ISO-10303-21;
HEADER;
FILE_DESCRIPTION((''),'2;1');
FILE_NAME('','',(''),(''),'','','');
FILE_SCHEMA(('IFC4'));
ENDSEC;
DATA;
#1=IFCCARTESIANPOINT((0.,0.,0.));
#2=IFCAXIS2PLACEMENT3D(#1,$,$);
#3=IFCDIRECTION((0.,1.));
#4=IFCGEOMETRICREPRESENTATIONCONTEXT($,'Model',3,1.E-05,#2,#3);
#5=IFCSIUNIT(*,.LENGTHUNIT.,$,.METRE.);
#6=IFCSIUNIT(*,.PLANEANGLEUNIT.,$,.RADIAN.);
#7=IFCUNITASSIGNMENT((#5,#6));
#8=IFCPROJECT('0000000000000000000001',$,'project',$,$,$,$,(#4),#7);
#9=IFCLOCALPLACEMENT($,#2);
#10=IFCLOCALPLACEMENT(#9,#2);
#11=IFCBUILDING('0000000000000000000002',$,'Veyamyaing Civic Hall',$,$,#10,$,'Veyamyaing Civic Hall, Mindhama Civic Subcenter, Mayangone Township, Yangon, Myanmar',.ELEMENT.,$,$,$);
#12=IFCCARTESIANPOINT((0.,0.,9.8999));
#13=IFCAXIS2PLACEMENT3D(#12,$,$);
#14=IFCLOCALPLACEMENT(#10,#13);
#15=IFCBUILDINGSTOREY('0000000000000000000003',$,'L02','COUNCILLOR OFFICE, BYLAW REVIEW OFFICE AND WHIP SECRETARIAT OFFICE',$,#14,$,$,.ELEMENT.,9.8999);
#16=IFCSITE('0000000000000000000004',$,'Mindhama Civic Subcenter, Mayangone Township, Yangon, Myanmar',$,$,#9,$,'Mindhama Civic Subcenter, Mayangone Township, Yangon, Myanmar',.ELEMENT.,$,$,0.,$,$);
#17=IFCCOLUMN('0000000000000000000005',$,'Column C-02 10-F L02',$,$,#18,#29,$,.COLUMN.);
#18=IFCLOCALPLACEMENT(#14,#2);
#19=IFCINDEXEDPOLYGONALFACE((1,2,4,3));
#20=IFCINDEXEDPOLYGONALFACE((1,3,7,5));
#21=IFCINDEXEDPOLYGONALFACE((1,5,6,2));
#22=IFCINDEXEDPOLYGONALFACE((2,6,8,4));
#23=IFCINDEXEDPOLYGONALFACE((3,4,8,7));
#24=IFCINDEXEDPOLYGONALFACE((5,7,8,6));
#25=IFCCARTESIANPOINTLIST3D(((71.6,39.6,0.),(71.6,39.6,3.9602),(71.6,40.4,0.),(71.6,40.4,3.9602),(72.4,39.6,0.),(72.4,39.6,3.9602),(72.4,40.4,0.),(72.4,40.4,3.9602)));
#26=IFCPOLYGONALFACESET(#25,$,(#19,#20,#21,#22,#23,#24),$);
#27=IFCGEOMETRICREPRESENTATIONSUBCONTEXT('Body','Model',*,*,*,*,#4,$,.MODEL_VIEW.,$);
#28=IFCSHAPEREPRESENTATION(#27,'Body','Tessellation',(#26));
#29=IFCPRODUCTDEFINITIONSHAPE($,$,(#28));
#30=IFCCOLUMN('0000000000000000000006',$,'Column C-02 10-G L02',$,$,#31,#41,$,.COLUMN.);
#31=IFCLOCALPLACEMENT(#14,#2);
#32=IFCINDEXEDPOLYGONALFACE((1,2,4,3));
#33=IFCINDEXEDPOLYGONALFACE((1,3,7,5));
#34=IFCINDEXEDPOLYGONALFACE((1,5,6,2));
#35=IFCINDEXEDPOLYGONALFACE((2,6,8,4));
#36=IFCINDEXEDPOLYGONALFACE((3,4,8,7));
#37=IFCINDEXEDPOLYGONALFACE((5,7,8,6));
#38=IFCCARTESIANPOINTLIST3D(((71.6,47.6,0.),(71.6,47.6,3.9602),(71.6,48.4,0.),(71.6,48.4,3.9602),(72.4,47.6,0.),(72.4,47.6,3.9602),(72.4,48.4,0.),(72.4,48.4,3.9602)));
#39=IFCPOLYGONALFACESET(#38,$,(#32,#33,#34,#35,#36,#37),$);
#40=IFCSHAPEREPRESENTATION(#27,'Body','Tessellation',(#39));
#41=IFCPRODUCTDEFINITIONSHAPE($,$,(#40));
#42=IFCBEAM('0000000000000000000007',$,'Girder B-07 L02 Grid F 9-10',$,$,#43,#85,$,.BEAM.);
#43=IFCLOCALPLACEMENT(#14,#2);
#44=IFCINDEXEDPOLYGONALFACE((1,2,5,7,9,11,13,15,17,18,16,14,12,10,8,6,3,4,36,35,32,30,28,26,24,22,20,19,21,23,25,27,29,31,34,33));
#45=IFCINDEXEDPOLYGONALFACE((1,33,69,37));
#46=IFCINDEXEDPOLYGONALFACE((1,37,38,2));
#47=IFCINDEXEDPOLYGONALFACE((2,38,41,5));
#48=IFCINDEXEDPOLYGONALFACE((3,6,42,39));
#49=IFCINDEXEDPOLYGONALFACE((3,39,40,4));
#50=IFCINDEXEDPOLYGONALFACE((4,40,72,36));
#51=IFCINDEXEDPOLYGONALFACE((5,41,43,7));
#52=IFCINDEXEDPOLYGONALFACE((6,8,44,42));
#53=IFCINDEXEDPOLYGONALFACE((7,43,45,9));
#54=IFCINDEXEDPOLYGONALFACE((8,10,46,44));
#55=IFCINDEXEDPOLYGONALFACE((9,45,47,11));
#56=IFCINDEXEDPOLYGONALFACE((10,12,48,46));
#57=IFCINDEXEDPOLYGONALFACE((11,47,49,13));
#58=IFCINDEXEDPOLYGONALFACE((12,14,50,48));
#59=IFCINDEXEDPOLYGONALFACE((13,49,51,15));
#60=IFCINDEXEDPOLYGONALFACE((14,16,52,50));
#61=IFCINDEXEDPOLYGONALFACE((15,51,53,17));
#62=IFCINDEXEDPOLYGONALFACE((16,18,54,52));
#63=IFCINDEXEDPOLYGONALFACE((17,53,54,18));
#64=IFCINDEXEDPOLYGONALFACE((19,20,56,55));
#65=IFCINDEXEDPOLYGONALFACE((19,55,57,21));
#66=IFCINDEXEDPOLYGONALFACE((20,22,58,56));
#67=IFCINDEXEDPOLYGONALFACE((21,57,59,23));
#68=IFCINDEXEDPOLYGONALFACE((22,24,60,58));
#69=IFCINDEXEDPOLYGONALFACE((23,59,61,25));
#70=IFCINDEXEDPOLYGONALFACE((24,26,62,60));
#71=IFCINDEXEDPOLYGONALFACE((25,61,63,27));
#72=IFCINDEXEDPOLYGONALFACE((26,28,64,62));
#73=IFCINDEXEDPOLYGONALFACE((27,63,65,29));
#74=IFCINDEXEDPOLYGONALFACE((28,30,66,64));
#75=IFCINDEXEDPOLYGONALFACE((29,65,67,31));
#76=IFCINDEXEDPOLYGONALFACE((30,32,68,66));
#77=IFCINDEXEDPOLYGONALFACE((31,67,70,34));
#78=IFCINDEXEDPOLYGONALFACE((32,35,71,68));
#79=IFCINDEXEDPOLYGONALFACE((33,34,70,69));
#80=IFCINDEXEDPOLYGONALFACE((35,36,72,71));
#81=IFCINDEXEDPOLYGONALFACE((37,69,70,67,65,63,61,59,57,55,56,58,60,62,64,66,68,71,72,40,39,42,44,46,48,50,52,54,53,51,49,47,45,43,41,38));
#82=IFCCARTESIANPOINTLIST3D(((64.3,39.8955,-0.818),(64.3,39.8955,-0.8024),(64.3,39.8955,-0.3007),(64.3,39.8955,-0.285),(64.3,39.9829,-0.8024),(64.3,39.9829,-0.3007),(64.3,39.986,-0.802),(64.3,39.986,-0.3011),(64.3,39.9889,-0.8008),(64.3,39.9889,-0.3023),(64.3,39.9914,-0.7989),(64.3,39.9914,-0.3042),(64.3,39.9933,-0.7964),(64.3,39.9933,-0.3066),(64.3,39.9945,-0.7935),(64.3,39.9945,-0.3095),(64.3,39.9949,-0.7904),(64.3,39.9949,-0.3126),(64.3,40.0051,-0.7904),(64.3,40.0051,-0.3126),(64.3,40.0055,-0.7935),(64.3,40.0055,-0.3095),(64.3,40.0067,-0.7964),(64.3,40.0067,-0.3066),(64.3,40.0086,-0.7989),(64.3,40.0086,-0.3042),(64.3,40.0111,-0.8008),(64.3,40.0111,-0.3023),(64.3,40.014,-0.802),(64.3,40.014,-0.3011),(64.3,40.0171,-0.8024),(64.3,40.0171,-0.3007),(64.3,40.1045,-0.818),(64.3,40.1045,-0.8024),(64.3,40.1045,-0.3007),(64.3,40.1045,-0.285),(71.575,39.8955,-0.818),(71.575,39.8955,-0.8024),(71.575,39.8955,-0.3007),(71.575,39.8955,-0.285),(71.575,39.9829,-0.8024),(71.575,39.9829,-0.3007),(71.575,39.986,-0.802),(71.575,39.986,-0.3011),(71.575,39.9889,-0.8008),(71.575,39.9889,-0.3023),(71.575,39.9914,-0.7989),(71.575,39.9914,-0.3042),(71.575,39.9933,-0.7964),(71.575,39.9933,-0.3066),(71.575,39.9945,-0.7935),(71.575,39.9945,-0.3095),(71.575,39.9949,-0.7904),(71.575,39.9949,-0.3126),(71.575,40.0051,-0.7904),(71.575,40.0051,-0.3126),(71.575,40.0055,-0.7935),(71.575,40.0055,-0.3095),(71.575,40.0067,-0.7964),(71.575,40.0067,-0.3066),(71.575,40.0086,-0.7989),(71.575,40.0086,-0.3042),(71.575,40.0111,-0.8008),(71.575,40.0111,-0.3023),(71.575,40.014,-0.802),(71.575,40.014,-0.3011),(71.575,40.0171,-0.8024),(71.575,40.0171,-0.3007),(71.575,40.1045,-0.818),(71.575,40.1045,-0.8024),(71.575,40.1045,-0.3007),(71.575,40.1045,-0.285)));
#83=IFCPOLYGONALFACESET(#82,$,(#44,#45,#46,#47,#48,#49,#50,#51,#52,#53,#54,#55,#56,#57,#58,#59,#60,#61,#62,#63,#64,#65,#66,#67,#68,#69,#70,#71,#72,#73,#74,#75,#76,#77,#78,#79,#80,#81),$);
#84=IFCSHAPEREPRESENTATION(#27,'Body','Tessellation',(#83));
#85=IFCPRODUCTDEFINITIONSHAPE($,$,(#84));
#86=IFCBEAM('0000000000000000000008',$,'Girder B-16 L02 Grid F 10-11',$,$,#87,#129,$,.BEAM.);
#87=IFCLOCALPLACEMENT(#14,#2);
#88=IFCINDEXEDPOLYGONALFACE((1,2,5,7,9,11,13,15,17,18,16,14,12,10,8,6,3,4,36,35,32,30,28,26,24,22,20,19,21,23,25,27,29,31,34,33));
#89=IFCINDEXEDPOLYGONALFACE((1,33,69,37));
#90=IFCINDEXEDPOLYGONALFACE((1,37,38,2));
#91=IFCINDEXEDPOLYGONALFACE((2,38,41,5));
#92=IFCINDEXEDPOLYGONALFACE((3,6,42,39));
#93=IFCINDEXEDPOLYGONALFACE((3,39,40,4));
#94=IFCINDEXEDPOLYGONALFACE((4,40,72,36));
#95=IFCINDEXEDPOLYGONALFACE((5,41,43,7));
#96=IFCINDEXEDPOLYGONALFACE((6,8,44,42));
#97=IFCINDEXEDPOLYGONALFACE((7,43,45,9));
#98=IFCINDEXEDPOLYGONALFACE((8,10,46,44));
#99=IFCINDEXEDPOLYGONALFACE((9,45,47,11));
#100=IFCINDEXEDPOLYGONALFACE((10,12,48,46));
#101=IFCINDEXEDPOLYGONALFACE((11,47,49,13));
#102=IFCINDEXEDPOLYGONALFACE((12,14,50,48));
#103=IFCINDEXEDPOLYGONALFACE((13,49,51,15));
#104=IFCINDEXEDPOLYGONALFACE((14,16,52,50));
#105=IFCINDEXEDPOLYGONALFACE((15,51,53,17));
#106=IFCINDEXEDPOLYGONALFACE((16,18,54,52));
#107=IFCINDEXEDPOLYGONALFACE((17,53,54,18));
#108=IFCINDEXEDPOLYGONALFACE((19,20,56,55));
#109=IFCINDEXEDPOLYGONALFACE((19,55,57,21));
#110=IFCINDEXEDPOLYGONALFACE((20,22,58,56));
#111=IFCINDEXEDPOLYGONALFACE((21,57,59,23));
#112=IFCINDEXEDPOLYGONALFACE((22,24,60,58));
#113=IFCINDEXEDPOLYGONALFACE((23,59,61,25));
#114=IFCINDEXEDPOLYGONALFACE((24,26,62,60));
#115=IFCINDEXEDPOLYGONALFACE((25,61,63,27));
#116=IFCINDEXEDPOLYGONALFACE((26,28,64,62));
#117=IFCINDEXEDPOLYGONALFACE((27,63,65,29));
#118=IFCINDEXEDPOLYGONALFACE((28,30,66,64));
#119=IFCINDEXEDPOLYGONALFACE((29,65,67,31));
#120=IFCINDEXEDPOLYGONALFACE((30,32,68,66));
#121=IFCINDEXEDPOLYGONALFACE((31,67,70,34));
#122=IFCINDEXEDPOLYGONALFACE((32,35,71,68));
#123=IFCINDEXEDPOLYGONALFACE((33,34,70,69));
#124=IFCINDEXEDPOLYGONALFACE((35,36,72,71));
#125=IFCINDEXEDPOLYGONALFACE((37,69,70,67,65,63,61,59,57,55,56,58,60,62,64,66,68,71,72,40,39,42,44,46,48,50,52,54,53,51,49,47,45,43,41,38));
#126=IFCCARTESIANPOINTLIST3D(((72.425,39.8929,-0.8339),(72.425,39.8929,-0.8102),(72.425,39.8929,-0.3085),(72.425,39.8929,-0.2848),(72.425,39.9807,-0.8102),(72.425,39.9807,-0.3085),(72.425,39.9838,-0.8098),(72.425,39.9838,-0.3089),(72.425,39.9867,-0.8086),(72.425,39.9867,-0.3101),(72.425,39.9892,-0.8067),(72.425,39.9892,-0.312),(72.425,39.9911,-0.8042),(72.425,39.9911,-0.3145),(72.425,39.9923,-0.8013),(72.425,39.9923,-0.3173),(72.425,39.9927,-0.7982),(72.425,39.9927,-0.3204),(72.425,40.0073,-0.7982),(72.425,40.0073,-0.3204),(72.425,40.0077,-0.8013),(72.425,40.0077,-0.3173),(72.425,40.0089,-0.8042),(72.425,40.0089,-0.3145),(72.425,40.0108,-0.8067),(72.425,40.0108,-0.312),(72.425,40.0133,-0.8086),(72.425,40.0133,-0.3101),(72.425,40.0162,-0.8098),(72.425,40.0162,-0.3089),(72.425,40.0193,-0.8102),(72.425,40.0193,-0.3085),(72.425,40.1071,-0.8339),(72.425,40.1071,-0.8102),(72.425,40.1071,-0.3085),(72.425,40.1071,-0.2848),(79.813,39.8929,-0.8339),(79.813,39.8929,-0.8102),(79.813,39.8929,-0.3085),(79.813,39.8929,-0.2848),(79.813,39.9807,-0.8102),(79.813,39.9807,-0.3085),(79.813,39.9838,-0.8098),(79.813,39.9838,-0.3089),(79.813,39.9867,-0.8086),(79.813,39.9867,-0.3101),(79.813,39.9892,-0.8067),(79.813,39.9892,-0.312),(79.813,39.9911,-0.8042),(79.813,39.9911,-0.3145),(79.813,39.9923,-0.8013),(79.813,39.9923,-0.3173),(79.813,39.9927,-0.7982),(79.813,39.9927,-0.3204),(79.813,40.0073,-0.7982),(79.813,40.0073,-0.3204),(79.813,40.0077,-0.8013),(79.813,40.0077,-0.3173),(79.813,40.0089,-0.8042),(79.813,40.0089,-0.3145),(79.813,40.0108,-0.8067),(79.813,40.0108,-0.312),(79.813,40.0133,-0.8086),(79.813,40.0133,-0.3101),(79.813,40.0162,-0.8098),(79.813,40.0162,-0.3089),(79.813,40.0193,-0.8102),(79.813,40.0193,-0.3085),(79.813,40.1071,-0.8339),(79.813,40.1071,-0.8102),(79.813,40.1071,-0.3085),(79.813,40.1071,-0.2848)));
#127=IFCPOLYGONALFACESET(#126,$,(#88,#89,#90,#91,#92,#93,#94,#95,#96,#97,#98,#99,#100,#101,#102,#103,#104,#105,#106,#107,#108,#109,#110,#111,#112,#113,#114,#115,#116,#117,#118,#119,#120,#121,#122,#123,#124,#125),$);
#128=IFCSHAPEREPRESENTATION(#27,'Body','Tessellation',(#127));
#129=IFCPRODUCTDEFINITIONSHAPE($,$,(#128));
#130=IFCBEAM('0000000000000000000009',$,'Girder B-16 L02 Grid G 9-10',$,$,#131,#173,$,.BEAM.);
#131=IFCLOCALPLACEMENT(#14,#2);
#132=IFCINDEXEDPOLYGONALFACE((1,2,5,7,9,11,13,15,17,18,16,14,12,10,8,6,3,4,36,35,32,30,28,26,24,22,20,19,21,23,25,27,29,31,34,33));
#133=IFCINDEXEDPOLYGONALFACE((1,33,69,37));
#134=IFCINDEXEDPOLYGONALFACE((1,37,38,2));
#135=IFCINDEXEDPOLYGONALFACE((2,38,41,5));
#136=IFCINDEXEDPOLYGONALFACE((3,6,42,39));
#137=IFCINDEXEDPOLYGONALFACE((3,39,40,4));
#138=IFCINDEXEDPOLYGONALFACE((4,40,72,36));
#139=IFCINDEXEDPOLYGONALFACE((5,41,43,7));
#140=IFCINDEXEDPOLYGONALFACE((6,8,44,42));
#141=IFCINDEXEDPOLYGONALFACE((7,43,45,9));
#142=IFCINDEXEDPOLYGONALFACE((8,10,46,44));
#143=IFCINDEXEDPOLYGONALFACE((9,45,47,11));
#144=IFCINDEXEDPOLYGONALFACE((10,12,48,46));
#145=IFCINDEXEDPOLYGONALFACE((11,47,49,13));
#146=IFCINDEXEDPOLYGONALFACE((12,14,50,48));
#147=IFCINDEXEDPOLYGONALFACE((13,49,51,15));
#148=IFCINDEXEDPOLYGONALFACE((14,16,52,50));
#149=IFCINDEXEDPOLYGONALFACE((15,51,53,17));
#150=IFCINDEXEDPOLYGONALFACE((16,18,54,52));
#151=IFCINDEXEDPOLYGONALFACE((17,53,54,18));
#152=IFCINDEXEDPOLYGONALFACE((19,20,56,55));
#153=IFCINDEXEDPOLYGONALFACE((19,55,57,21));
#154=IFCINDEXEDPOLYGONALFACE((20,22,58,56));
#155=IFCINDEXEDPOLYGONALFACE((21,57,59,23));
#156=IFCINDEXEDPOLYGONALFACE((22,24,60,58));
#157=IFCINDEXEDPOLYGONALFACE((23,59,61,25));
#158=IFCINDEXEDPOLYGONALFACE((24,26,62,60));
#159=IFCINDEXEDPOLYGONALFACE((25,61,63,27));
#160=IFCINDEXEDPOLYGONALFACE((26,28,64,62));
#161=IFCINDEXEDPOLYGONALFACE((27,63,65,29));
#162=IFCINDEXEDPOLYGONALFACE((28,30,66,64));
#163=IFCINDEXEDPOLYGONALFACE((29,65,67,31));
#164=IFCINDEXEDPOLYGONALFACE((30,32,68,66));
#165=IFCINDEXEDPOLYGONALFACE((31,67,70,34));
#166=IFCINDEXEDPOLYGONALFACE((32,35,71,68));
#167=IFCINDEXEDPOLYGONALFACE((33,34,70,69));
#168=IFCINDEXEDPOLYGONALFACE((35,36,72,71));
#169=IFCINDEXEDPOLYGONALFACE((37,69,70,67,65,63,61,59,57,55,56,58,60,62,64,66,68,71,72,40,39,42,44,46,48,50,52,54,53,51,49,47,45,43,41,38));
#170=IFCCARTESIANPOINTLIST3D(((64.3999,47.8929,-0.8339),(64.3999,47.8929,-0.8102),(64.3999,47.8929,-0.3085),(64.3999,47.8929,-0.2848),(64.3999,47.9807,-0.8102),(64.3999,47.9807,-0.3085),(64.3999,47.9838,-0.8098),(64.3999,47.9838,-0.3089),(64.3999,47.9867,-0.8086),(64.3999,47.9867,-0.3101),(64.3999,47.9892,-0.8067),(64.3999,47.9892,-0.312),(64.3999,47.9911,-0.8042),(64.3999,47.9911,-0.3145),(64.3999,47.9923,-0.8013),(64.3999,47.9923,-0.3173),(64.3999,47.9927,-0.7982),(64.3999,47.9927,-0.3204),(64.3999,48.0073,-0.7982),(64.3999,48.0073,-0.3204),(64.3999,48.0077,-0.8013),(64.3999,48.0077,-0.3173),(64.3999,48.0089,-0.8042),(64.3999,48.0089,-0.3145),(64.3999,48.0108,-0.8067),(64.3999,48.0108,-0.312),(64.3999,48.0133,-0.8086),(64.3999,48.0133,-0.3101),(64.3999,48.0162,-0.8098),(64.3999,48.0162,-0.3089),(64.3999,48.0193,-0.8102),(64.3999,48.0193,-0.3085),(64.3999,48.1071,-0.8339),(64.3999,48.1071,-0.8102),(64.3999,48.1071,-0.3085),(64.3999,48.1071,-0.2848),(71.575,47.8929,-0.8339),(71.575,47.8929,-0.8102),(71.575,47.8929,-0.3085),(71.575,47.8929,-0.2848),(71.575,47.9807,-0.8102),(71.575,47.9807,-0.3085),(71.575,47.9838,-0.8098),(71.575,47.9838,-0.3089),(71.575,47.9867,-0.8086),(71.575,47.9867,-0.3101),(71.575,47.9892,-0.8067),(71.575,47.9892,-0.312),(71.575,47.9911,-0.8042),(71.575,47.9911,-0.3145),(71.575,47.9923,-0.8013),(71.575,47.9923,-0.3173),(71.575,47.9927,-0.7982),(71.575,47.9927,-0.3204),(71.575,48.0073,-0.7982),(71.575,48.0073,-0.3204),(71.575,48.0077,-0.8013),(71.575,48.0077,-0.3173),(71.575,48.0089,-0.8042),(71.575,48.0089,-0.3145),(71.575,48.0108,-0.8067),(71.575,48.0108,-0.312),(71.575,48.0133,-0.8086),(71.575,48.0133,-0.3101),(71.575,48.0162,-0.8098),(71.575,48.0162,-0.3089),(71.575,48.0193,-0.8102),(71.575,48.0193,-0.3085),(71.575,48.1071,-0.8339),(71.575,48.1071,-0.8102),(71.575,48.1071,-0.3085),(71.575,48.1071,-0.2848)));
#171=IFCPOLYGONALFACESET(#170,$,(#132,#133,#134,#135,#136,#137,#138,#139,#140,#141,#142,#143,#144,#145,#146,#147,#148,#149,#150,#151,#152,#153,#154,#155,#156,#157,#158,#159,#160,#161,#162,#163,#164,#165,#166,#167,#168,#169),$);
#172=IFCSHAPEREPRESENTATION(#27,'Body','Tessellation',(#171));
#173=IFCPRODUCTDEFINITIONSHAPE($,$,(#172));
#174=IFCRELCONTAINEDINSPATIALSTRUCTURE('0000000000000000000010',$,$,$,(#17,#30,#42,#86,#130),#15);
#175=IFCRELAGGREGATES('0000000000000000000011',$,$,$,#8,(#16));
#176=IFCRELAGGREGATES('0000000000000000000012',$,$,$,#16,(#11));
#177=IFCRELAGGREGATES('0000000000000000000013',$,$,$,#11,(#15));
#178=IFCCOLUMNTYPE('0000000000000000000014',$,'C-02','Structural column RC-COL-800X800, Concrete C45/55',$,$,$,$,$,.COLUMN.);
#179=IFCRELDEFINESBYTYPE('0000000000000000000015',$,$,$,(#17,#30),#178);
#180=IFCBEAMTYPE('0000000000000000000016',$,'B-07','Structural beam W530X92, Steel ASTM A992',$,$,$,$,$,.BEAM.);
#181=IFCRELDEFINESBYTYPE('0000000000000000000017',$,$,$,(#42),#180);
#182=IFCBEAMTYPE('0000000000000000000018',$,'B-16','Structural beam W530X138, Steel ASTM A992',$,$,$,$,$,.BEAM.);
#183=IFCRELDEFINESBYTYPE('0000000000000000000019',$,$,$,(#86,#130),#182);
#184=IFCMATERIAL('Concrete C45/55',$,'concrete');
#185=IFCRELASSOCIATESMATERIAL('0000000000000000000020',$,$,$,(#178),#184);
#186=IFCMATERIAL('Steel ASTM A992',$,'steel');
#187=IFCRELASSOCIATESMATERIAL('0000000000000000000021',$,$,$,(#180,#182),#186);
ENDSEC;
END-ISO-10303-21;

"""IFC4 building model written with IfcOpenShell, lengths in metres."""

from ifc_helpers import new_model, si_unit, direction, frame, origin, origin_2d, place, context, subcontext, project, spatial, rectangle, i_section, extrude, material, material_profile, profile_set, type_object, element, save


model = new_model("IFC4")

# Units and contexts
model_context = context("Model", 3, precision=1e-05, world=origin(), true_north=direction((0.0, 1.0)))
body_context = subcontext(model_context, "Body", "Model", "MODEL_VIEW")
ifc_project = project(units=[si_unit("LENGTHUNIT", "METRE"), si_unit("PLANEANGLEUNIT", "RADIAN")], contexts=[model_context])

# Site, building, storey
site_placement = place(None, origin())
site = spatial("IfcSite", under=ifc_project, at=site_placement, Name="Mindhama Civic Subcenter, Mayangone Township, Yangon, Myanmar", LongName="Mindhama Civic Subcenter, Mayangone Township, Yangon, Myanmar", CompositionType="ELEMENT", RefElevation=0.0)
building_placement = place(site_placement, origin())
building = spatial("IfcBuilding", under=site, at=building_placement, Name="Veyamyaing Civic Hall", LongName="Veyamyaing Civic Hall, Mindhama Civic Subcenter, Mayangone Township, Yangon, Myanmar", CompositionType="ELEMENT")
storey_placement = place(building_placement, frame((0.0, 0.0, 9.8999)))
storey = spatial("IfcBuildingStorey", under=building, at=storey_placement, Name="L02", Description="COUNCILLOR OFFICE, BYLAW REVIEW OFFICE AND WHIP SECRETARIAT OFFICE", CompositionType="ELEMENT", Elevation=9.8999)

# Columns
ifc_material_1 = material(Name="Concrete C45/55", Category="concrete")
ifc_material_profile_1 = material_profile(ifc_material_1, rectangle(XDim=0.8, YDim=0.8, at=origin_2d()), Name="RC-COL-800X800")
ifc_profile_set_1 = profile_set([ifc_material_profile_1], Name="Concrete C45/55")
column_type = type_object("IfcColumnType", Name="C-02", Description="Structural column RC-COL-800X800, Concrete C45/55", PredefinedType="COLUMN", material=ifc_profile_set_1)
for number, where, z_axis, x_axis, name in (
    (1, (72.0, 40.0, 0.0), (0.0, 0.0, 1.0), (1.0, 0.0, 0.0), "Column C-02 10-F L02"),
    (2, (72.0, 48.0, 0.0), (0.0, 0.0, 1.0), (1.0, 0.0, 0.0), "Column C-02 10-G L02"),
):
    element("IfcColumn", number, at=place(storey_placement, frame(where, z_axis=z_axis, x_axis=x_axis)), inside=storey, type_object=column_type, Name=name, PredefinedType="COLUMN", context=body_context, shape_type="SweptSolid", body=[
        extrude(rectangle(XDim=0.8, YDim=0.8, at=origin_2d()), origin(), (0.0, 0.0, 1.0), 3.9602),
    ])

# Beams
ifc_material_2 = material(Name="Steel ASTM A992", Category="steel")
ifc_material_profile_2 = material_profile(ifc_material_2, i_section(OverallWidth=0.209, OverallDepth=0.533, WebThickness=0.0103, FlangeThickness=0.0156, FilletRadius=0.012, at=origin_2d()), Name="W530X92")
ifc_profile_set_2 = profile_set([ifc_material_profile_2], Name="Steel ASTM A992")
beam_type_1 = type_object("IfcBeamType", Name="B-07", Description="Structural beam W530X92, Steel ASTM A992", PredefinedType="BEAM", material=ifc_profile_set_2)
beam_1_placement = place(storey_placement, frame((64.3, 40.0, -0.5515), z_axis=(1.0, 0.0, 0.0), x_axis=(0.0, 1.0, 0.0)))
element("IfcBeam", 3, at=beam_1_placement, inside=storey, type_object=beam_type_1, Name="Girder B-07 L02 Grid F 9-10", PredefinedType="BEAM", context=body_context, shape_type="SweptSolid", body=[
    extrude(i_section(OverallWidth=0.209, OverallDepth=0.533, WebThickness=0.0103, FlangeThickness=0.0156, FilletRadius=0.012, at=origin_2d()), origin(), (0.0, 0.0, 1.0), 7.2749),
])
ifc_material_profile_3 = material_profile(ifc_material_2, i_section(OverallWidth=0.2141, OverallDepth=0.5491, WebThickness=0.0146, FlangeThickness=0.0237, FilletRadius=0.012, at=origin_2d()), Name="W530X138")
ifc_profile_set_3 = profile_set([ifc_material_profile_3], Name="Steel ASTM A992")
beam_type_2 = type_object("IfcBeamType", Name="B-16", Description="Structural beam W530X138, Steel ASTM A992", PredefinedType="BEAM", material=ifc_profile_set_3)
beam_2_placement = place(storey_placement, frame((72.425, 40.0, -0.5593), z_axis=(1.0, 0.0, 0.0), x_axis=(0.0, 1.0, 0.0)))
element("IfcBeam", 4, at=beam_2_placement, inside=storey, type_object=beam_type_2, Name="Girder B-16 L02 Grid F 10-11", PredefinedType="BEAM", context=body_context, shape_type="SweptSolid", body=[
    extrude(i_section(OverallWidth=0.2141, OverallDepth=0.5491, WebThickness=0.0146, FlangeThickness=0.0237, FilletRadius=0.012, at=origin_2d()), origin(), (0.0, 0.0, 1.0), 7.3879),
])
beam_3_placement = place(storey_placement, frame((64.3999, 48.0, -0.5593), z_axis=(1.0, 0.0, 0.0), x_axis=(0.0, 1.0, 0.0)))
element("IfcBeam", 5, at=beam_3_placement, inside=storey, type_object=beam_type_2, Name="Girder B-16 L02 Grid G 9-10", PredefinedType="BEAM", context=body_context, shape_type="SweptSolid", body=[
    extrude(i_section(OverallWidth=0.2141, OverallDepth=0.5491, WebThickness=0.0146, FlangeThickness=0.0237, FilletRadius=0.012, at=origin_2d()), origin(), (0.0, 0.0, 1.0), 7.175),
])

save(model, "model.ifc")
